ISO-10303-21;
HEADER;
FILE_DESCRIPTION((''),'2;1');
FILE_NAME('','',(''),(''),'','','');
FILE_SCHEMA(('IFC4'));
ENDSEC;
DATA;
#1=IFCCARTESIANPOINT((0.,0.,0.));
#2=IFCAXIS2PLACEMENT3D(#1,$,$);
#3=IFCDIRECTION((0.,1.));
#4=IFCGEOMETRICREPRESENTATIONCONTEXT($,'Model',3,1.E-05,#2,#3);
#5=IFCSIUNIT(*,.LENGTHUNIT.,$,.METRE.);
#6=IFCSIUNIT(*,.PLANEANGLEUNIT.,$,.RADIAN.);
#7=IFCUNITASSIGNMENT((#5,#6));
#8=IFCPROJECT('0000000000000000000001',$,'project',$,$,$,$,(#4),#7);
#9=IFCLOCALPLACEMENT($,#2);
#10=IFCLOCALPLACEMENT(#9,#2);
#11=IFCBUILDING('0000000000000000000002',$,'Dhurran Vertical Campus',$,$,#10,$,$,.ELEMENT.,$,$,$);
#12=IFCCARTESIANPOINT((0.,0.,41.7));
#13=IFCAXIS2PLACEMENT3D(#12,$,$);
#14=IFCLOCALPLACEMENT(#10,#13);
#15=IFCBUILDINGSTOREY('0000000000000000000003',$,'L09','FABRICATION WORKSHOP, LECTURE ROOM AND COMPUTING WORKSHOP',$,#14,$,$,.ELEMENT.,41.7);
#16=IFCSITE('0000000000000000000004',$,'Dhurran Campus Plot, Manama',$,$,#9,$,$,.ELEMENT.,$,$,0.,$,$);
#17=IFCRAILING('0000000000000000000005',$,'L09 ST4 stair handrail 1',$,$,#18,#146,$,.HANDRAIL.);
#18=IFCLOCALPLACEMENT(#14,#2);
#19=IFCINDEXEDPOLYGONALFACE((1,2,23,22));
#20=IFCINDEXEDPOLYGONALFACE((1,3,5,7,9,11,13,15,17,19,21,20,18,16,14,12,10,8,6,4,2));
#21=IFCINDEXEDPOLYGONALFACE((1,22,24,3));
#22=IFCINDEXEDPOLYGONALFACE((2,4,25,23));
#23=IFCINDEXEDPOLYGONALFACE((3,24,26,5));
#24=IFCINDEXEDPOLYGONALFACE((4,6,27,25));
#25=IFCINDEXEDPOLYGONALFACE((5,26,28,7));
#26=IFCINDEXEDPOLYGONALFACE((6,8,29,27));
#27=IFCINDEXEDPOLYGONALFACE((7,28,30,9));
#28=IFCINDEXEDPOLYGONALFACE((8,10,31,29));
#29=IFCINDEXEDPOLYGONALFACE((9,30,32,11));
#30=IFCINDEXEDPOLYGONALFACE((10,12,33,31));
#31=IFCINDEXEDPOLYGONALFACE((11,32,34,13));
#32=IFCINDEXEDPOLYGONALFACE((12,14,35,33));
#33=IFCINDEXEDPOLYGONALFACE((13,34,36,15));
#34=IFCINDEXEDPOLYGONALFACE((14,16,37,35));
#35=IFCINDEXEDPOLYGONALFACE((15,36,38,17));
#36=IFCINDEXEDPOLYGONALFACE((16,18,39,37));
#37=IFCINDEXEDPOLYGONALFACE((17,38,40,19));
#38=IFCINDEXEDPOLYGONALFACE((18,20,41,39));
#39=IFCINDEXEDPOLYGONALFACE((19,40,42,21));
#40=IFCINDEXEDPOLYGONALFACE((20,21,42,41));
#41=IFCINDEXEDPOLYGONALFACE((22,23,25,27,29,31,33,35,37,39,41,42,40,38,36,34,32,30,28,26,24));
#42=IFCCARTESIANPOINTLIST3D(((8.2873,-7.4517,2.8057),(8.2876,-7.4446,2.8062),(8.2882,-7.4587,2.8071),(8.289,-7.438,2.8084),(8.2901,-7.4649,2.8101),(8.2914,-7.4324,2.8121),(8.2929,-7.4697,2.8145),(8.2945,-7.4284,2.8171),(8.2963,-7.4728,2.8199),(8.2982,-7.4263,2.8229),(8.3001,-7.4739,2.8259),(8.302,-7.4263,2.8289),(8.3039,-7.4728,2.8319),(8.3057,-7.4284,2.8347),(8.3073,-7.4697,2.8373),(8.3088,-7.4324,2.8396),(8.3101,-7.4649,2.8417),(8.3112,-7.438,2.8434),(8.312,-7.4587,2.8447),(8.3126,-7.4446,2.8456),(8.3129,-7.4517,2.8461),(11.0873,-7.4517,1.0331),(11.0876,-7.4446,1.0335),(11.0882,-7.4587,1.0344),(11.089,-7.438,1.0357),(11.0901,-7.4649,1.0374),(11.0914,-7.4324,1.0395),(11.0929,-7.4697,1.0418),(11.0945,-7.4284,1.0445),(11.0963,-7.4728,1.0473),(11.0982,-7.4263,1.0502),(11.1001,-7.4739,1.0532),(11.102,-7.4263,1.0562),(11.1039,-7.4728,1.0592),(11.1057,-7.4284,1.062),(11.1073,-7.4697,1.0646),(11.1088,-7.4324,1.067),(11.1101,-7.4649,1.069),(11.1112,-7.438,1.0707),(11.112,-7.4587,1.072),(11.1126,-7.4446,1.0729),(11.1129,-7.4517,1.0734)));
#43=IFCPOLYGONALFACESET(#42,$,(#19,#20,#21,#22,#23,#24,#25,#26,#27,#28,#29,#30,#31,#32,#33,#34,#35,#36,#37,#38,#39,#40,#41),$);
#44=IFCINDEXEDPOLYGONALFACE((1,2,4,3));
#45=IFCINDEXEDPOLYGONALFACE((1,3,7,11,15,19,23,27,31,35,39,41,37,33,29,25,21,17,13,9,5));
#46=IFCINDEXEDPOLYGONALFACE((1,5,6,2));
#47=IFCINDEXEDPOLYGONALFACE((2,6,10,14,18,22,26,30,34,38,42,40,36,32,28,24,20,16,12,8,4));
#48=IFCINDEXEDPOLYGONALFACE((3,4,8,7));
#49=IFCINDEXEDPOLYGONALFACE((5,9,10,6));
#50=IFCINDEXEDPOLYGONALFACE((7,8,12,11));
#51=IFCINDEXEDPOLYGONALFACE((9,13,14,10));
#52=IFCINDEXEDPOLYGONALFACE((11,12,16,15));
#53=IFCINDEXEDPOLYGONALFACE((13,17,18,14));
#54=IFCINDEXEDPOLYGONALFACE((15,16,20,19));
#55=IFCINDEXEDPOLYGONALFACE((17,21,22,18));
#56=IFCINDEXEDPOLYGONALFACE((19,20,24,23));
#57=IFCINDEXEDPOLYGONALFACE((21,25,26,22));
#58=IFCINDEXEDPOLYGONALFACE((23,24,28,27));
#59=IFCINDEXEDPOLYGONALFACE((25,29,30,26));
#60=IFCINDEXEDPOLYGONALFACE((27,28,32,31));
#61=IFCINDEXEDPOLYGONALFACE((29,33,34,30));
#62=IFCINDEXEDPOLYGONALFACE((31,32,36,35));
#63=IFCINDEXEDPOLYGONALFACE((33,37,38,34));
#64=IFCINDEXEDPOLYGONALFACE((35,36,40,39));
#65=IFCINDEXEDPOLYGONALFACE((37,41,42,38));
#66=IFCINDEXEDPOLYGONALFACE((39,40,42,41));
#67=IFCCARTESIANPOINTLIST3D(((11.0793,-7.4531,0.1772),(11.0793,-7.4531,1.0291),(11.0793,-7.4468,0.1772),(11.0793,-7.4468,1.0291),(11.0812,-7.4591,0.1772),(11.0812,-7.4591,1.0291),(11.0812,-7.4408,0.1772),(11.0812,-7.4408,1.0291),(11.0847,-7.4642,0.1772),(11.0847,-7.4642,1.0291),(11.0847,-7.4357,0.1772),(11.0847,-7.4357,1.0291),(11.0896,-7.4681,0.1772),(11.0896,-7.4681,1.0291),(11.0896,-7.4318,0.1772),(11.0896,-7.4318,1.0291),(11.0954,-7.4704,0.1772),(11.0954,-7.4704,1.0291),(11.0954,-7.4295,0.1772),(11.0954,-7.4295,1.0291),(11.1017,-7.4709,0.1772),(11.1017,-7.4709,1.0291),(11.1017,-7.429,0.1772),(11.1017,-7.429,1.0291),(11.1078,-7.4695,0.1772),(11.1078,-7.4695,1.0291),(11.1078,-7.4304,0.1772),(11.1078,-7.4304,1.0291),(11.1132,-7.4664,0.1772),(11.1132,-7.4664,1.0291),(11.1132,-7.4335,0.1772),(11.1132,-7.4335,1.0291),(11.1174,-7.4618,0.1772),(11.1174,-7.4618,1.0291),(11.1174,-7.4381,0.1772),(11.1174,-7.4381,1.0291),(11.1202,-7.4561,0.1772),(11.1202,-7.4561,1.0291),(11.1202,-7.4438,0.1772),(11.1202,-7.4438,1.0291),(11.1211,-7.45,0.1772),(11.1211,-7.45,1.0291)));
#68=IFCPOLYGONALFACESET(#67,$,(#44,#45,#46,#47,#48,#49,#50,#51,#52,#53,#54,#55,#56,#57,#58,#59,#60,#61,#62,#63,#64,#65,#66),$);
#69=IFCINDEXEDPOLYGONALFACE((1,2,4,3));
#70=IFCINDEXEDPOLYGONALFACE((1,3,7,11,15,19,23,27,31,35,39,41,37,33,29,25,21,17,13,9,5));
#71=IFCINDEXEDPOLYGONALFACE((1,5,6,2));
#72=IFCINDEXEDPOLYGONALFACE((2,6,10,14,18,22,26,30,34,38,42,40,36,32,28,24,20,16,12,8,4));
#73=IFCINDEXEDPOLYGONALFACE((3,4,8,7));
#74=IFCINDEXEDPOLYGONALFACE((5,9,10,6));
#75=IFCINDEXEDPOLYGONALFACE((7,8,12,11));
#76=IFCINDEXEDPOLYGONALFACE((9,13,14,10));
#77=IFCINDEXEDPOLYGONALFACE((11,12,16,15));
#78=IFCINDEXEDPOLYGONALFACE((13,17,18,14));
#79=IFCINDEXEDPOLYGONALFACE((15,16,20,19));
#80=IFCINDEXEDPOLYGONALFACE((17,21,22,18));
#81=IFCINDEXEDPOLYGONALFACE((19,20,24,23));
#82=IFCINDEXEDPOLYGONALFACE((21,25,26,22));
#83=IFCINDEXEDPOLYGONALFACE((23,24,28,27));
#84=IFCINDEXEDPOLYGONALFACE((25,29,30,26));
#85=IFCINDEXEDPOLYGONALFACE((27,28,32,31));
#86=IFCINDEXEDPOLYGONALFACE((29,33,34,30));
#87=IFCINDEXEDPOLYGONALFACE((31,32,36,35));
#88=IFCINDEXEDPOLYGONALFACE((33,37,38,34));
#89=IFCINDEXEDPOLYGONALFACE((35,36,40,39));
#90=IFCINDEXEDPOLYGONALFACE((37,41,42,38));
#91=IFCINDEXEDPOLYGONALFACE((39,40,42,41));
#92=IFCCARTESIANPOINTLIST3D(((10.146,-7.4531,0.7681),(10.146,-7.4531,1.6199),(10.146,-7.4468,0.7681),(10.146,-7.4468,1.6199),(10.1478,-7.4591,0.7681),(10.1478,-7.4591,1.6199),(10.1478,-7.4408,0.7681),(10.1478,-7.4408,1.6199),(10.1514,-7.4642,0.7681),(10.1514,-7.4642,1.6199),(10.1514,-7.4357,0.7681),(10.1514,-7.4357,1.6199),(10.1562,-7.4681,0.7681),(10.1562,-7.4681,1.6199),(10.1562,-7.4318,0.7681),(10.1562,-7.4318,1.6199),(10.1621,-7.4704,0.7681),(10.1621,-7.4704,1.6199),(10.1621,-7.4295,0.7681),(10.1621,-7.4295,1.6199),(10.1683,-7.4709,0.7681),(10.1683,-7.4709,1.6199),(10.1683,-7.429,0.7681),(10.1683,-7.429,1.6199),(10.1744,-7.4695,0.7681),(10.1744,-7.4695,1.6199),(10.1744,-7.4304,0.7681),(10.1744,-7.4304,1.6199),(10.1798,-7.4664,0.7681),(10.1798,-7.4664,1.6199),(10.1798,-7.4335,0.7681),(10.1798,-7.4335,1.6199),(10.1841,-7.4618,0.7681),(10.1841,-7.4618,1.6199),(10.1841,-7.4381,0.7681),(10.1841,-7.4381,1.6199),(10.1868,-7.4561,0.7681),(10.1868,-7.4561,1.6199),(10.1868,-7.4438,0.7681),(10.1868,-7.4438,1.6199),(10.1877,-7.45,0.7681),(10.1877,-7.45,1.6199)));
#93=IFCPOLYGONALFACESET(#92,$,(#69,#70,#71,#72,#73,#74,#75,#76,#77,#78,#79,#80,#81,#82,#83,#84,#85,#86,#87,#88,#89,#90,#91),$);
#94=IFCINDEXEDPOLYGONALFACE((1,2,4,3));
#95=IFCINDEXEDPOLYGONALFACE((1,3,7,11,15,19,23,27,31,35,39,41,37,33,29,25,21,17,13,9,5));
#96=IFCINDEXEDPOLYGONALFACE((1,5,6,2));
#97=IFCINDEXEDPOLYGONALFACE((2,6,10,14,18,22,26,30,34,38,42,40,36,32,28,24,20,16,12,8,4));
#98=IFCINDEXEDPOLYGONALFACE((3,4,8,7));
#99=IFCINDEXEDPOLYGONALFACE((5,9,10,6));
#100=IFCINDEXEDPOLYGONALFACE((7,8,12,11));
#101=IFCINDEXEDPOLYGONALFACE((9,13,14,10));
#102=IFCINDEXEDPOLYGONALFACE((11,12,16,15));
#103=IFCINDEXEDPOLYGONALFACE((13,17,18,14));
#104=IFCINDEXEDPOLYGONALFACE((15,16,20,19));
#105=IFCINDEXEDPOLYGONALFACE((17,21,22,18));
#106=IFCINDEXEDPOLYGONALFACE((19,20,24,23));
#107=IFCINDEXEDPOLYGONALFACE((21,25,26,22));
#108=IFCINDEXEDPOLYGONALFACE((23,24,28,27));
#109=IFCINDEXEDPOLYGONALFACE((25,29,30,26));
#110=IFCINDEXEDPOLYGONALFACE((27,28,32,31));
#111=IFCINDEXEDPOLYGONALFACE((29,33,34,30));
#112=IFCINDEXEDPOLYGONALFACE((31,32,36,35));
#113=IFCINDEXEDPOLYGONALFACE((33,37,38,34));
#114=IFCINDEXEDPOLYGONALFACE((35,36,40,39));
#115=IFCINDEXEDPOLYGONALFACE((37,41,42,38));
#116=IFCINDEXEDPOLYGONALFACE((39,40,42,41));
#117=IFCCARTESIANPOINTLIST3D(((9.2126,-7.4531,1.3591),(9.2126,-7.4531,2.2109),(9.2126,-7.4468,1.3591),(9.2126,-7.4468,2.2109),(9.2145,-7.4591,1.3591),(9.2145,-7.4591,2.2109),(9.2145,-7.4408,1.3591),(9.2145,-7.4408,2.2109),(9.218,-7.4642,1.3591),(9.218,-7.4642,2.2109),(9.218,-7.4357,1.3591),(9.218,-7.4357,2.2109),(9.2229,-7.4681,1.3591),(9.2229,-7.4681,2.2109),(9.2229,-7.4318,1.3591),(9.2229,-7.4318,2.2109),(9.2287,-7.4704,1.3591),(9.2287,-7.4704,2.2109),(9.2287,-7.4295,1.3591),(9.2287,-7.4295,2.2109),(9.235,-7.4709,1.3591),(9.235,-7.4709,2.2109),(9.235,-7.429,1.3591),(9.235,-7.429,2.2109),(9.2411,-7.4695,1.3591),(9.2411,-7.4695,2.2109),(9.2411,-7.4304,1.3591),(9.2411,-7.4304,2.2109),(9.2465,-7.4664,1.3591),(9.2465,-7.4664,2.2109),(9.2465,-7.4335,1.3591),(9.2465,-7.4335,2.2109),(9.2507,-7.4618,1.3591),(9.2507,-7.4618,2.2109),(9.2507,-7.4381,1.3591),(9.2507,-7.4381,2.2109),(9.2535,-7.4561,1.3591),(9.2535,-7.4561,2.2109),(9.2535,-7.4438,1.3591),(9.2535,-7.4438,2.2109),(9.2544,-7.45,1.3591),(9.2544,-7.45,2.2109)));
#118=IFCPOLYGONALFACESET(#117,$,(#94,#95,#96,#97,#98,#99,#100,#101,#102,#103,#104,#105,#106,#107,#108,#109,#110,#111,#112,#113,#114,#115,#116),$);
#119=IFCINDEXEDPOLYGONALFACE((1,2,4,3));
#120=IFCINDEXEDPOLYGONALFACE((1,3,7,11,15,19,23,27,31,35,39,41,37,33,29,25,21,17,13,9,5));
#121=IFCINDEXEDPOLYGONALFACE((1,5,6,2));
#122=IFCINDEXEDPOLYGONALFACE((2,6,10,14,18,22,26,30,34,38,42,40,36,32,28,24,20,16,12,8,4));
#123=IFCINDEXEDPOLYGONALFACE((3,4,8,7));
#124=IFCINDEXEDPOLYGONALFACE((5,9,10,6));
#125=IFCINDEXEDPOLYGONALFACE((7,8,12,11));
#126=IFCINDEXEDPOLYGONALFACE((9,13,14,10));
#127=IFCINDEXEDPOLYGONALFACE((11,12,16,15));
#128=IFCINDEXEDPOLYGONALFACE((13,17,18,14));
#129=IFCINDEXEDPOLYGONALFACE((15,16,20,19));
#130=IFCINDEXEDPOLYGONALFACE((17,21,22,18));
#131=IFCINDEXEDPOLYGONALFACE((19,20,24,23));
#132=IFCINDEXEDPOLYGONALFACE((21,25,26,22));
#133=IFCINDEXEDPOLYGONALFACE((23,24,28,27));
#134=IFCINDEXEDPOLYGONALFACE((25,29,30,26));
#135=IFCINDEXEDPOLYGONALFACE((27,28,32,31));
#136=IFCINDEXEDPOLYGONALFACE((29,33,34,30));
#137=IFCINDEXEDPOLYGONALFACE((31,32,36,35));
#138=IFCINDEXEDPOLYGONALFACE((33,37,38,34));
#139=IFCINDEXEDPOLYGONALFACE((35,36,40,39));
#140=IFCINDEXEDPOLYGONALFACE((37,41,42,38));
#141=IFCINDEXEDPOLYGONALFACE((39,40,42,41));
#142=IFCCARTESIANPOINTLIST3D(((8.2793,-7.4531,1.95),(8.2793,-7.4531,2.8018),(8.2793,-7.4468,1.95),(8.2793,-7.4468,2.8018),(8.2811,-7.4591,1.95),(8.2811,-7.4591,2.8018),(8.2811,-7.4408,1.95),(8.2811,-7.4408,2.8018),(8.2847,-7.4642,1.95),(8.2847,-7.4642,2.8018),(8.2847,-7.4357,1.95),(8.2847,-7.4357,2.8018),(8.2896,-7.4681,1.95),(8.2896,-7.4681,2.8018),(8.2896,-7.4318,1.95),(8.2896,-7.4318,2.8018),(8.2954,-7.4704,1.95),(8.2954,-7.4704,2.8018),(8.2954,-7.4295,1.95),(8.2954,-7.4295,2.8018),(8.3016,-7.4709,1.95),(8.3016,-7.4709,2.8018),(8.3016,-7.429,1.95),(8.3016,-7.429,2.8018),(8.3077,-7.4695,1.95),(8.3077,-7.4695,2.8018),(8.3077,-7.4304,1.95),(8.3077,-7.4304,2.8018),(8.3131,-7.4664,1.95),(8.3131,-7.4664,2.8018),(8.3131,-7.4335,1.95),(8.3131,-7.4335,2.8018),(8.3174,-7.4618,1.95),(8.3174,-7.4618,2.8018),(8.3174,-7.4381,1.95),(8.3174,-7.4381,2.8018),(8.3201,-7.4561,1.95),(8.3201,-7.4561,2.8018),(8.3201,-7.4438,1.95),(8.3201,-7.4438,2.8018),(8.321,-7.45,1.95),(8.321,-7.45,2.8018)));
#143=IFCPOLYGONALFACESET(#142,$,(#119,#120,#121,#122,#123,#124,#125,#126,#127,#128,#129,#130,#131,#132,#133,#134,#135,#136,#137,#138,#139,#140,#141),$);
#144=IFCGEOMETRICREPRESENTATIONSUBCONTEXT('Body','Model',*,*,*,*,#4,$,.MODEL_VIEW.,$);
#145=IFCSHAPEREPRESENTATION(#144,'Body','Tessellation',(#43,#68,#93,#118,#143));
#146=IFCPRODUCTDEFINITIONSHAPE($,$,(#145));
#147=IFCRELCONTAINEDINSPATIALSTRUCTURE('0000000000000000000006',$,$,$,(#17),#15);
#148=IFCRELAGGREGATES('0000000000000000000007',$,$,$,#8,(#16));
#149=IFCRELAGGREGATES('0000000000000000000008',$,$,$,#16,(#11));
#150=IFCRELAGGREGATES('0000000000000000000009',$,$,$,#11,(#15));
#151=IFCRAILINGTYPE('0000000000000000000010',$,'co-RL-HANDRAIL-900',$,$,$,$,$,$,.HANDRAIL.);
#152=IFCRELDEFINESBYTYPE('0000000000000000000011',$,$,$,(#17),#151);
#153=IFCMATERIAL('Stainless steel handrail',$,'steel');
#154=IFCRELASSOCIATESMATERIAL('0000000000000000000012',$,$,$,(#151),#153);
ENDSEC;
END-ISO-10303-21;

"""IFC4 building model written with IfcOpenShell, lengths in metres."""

from ifc_helpers import new_model, si_unit, direction, frame, origin, origin_2d, place, context, subcontext, project, spatial, circle, extrude, material, type_object, element, save


model = new_model("IFC4")

# Units and contexts
model_context = context("Model", 3, precision=1e-05, world=origin(), true_north=direction((0.0, 1.0)))
body_context = subcontext(model_context, "Body", "Model", "MODEL_VIEW")
ifc_project = project(units=[si_unit("LENGTHUNIT", "METRE"), si_unit("PLANEANGLEUNIT", "RADIAN")], contexts=[model_context])

# Site, building, storey
site_placement = place(None, origin())
site = spatial("IfcSite", under=ifc_project, at=site_placement, Name="Dhurran Campus Plot, Manama", CompositionType="ELEMENT", RefElevation=0.0)
building_placement = place(site_placement, origin())
building = spatial("IfcBuilding", under=site, at=building_placement, Name="Dhurran Vertical Campus", CompositionType="ELEMENT")
storey_placement = place(building_placement, frame((0.0, 0.0, 41.7)))
storey = spatial("IfcBuildingStorey", under=building, at=storey_placement, Name="L09", Description="FABRICATION WORKSHOP, LECTURE ROOM AND COMPUTING WORKSHOP", CompositionType="ELEMENT", Elevation=41.7)

# Railing
ifc_material_1 = material(Name="Stainless steel handrail", Category="steel")
railing_type_1 = type_object("IfcRailingType", Name="co-RL-HANDRAIL-900", PredefinedType="HANDRAIL", material=ifc_material_1)
railing_1_placement = place(storey_placement, frame((11.1001, -7.45, 0.1772)))
element("IfcRailing", 1, at=railing_1_placement, inside=storey, type_object=railing_type_1, Name="L09 ST4 stair handrail 1", PredefinedType="HANDRAIL", context=body_context, shape_type="SweptSolid", body=[
    extrude(circle(Radius=0.0239, at=origin_2d()), frame((0.0, 0.0, 0.876), z_axis=(-0.844909, 0.0, 0.53491), x_axis=(0.0, -1.0, 0.0)), (0.0, 0.0, 1.0), 3.314),
    extrude(circle(Radius=0.021, at=origin_2d()), origin(), (0.0, 0.0, 1.0), 0.8518),
    extrude(circle(Radius=0.021, at=origin_2d()), frame((-0.9333, 0.0, 0.5908)), (0.0, 0.0, 1.0), 0.8518),
    extrude(circle(Radius=0.021, at=origin_2d()), frame((-1.8667, 0.0, 1.1819)), (0.0, 0.0, 1.0), 0.8518),
    extrude(circle(Radius=0.021, at=origin_2d()), frame((-2.8, 0.0, 1.7727)), (0.0, 0.0, 1.0), 0.8518),
])

save(model, "model.ifc")
